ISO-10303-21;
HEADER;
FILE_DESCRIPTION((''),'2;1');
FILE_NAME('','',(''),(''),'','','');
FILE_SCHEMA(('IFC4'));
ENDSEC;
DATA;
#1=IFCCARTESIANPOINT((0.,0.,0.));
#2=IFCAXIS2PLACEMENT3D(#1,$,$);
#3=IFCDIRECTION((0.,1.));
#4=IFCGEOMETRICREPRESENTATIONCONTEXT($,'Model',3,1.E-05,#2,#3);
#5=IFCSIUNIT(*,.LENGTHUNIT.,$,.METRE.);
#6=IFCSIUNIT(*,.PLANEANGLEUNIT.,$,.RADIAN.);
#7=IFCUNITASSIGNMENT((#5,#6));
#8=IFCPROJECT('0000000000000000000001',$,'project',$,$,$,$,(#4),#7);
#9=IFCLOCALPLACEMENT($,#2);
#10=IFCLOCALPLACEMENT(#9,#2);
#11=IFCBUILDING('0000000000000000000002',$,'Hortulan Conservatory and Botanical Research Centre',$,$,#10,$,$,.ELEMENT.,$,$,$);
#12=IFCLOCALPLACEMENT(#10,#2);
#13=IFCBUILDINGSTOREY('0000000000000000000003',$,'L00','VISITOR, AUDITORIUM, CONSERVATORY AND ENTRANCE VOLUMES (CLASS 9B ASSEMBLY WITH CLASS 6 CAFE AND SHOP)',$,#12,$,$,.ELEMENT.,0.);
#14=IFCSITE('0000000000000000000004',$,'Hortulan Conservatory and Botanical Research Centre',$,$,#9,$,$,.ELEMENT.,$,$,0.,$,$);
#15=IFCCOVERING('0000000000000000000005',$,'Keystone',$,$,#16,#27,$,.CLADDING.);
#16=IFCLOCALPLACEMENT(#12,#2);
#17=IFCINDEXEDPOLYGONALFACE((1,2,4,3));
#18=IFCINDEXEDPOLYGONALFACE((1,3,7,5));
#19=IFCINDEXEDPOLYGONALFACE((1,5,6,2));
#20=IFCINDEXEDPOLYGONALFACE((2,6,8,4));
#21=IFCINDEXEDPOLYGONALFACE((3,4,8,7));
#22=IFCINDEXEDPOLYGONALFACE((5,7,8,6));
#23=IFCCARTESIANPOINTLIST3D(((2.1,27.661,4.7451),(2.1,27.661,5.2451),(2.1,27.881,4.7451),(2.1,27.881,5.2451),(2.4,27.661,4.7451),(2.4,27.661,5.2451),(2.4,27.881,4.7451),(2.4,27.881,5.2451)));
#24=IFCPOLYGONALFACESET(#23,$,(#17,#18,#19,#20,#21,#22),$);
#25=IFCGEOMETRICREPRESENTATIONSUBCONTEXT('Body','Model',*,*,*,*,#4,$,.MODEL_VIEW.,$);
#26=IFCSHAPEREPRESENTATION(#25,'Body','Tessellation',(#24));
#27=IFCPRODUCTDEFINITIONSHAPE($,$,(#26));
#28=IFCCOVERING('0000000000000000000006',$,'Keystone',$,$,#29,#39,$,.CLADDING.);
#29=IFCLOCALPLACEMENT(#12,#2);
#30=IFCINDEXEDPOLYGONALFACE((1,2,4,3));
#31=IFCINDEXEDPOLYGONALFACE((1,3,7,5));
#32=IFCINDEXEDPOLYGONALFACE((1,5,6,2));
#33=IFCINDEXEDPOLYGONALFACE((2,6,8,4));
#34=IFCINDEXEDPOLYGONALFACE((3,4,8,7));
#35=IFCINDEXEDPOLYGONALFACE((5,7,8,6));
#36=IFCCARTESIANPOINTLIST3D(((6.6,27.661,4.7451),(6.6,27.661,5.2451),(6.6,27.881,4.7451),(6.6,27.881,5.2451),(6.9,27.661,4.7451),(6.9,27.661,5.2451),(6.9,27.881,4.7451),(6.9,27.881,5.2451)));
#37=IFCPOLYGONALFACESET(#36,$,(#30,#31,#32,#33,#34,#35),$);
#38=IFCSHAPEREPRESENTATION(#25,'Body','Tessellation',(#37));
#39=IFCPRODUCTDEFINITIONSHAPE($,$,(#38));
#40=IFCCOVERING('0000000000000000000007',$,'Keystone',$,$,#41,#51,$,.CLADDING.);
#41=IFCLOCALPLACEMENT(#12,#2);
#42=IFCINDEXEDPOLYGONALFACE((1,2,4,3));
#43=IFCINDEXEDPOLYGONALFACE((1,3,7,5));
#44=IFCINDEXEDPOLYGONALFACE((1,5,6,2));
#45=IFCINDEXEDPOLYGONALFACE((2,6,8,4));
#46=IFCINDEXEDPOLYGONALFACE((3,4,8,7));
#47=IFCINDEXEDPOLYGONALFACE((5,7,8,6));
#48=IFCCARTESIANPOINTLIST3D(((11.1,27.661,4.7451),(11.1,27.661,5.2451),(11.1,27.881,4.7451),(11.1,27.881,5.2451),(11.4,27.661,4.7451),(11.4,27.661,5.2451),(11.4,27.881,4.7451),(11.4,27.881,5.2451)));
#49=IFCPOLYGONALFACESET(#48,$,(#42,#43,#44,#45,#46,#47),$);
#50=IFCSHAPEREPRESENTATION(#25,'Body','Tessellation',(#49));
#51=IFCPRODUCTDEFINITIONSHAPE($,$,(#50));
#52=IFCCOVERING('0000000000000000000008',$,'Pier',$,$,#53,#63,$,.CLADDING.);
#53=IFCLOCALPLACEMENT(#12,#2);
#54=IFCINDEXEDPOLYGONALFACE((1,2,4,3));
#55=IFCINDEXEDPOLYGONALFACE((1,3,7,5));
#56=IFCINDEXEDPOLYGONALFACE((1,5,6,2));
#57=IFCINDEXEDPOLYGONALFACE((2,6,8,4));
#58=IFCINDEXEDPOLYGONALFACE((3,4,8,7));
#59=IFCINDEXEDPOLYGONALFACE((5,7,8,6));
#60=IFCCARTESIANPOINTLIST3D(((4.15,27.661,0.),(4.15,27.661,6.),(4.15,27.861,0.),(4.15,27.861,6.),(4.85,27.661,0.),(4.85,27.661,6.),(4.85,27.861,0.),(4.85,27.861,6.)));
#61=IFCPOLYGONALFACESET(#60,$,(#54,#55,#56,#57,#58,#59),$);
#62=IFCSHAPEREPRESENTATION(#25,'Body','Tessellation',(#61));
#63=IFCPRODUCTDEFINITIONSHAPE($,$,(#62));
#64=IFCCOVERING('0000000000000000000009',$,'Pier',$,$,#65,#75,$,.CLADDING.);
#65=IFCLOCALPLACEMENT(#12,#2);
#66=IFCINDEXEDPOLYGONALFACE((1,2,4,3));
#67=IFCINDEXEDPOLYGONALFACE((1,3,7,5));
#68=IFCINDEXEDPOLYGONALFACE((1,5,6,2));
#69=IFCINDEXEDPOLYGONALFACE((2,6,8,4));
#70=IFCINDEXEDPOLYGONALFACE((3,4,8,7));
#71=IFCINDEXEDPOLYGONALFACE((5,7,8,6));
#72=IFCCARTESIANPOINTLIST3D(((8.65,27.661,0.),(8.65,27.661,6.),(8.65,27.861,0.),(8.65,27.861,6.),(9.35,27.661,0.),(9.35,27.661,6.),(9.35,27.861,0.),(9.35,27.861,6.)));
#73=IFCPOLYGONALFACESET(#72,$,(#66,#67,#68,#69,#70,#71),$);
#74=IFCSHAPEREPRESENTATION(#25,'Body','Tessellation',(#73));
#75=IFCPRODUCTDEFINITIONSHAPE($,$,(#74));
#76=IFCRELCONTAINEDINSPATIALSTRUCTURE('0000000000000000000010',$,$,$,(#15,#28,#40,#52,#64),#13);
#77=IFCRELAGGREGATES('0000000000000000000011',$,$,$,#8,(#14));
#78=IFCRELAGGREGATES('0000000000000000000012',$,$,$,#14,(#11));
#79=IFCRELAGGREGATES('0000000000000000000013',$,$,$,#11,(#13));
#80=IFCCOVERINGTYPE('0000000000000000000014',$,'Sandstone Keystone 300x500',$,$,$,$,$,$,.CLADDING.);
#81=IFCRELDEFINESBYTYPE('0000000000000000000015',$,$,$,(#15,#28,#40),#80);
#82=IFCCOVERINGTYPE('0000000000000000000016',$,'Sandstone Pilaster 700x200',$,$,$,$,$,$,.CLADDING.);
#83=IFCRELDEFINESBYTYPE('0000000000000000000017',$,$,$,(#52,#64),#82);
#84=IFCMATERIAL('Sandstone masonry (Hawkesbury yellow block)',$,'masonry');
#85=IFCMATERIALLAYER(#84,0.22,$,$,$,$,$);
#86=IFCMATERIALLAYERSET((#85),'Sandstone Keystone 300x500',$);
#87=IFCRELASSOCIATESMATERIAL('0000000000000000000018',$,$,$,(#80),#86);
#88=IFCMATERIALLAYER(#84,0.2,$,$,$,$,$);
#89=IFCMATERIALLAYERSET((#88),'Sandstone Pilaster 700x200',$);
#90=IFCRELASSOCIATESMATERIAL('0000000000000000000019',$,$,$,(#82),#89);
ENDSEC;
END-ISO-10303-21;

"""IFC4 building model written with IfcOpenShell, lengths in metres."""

from ifc_helpers import new_model, si_unit, direction, frame, origin, origin_2d, place, context, subcontext, project, spatial, rectangle, extrude, material, layer, layer_set, type_object, element, save


model = new_model("IFC4")

# Units and contexts
model_context = context("Model", 3, precision=1e-05, world=origin(), true_north=direction((0.0, 1.0)))
body_context = subcontext(model_context, "Body", "Model", "MODEL_VIEW")
ifc_project = project(units=[si_unit("LENGTHUNIT", "METRE"), si_unit("PLANEANGLEUNIT", "RADIAN")], contexts=[model_context])

# Site, building, storey
site_placement = place(None, origin())
site = spatial("IfcSite", under=ifc_project, at=site_placement, Name="Hortulan Conservatory and Botanical Research Centre", CompositionType="ELEMENT", RefElevation=0.0)
building_placement = place(site_placement, origin())
building = spatial("IfcBuilding", under=site, at=building_placement, Name="Hortulan Conservatory and Botanical Research Centre", CompositionType="ELEMENT")
storey_placement = place(building_placement, origin())
storey = spatial("IfcBuildingStorey", under=building, at=storey_placement, Name="L00", Description="VISITOR, AUDITORIUM, CONSERVATORY AND ENTRANCE VOLUMES (CLASS 9B ASSEMBLY WITH CLASS 6 CAFE AND SHOP)", CompositionType="ELEMENT", Elevation=0.0)

# Shared definitions
ifc_material_1 = material(Name="Sandstone masonry (Hawkesbury yellow block)", Category="masonry")

# Coverings
ifc_layer_1 = layer(ifc_material_1, 0.22)
ifc_layer_set_1 = layer_set([ifc_layer_1], Name="Sandstone Keystone 300x500")
covering_type_1 = type_object("IfcCoveringType", Name="Sandstone Keystone 300x500", PredefinedType="CLADDING", material=ifc_layer_set_1)
for number, where, z_axis, x_axis, name in (
    (1, (2.25, 27.771, 4.7451), (0.0, 0.0, 1.0), (1.0, 0.0, 0.0), "Keystone"),
    (2, (6.75, 27.771, 4.7451), (0.0, 0.0, 1.0), (1.0, 0.0, 0.0), "Keystone"),
    (3, (11.25, 27.771, 4.7451), (0.0, 0.0, 1.0), (1.0, 0.0, 0.0), "Keystone"),
):
    element("IfcCovering", number, at=place(storey_placement, frame(where, z_axis=z_axis, x_axis=x_axis)), inside=storey, type_object=covering_type_1, Name=name, PredefinedType="CLADDING", context=body_context, shape_type="SweptSolid", body=[
        extrude(rectangle(XDim=0.3, YDim=0.22, at=origin_2d()), origin(), (0.0, 0.0, 1.0), 0.5),
    ])
ifc_layer_2 = layer(ifc_material_1, 0.2)
ifc_layer_set_2 = layer_set([ifc_layer_2], Name="Sandstone Pilaster 700x200")
covering_type_2 = type_object("IfcCoveringType", Name="Sandstone Pilaster 700x200", PredefinedType="CLADDING", material=ifc_layer_set_2)
for number, where, z_axis, x_axis, name in (
    (4, (4.5, 27.761, 0.0), (0.0, 0.0, 1.0), (1.0, 0.0, 0.0), "Pier"),
    (5, (9.0, 27.761, 0.0), (0.0, 0.0, 1.0), (1.0, 0.0, 0.0), "Pier"),
):
    element("IfcCovering", number, at=place(storey_placement, frame(where, z_axis=z_axis, x_axis=x_axis)), inside=storey, type_object=covering_type_2, Name=name, PredefinedType="CLADDING", context=body_context, shape_type="SweptSolid", body=[
        extrude(rectangle(XDim=0.7, YDim=0.2, at=origin_2d()), origin(), (0.0, 0.0, 1.0), 6.0),
    ])

save(model, "model.ifc")
